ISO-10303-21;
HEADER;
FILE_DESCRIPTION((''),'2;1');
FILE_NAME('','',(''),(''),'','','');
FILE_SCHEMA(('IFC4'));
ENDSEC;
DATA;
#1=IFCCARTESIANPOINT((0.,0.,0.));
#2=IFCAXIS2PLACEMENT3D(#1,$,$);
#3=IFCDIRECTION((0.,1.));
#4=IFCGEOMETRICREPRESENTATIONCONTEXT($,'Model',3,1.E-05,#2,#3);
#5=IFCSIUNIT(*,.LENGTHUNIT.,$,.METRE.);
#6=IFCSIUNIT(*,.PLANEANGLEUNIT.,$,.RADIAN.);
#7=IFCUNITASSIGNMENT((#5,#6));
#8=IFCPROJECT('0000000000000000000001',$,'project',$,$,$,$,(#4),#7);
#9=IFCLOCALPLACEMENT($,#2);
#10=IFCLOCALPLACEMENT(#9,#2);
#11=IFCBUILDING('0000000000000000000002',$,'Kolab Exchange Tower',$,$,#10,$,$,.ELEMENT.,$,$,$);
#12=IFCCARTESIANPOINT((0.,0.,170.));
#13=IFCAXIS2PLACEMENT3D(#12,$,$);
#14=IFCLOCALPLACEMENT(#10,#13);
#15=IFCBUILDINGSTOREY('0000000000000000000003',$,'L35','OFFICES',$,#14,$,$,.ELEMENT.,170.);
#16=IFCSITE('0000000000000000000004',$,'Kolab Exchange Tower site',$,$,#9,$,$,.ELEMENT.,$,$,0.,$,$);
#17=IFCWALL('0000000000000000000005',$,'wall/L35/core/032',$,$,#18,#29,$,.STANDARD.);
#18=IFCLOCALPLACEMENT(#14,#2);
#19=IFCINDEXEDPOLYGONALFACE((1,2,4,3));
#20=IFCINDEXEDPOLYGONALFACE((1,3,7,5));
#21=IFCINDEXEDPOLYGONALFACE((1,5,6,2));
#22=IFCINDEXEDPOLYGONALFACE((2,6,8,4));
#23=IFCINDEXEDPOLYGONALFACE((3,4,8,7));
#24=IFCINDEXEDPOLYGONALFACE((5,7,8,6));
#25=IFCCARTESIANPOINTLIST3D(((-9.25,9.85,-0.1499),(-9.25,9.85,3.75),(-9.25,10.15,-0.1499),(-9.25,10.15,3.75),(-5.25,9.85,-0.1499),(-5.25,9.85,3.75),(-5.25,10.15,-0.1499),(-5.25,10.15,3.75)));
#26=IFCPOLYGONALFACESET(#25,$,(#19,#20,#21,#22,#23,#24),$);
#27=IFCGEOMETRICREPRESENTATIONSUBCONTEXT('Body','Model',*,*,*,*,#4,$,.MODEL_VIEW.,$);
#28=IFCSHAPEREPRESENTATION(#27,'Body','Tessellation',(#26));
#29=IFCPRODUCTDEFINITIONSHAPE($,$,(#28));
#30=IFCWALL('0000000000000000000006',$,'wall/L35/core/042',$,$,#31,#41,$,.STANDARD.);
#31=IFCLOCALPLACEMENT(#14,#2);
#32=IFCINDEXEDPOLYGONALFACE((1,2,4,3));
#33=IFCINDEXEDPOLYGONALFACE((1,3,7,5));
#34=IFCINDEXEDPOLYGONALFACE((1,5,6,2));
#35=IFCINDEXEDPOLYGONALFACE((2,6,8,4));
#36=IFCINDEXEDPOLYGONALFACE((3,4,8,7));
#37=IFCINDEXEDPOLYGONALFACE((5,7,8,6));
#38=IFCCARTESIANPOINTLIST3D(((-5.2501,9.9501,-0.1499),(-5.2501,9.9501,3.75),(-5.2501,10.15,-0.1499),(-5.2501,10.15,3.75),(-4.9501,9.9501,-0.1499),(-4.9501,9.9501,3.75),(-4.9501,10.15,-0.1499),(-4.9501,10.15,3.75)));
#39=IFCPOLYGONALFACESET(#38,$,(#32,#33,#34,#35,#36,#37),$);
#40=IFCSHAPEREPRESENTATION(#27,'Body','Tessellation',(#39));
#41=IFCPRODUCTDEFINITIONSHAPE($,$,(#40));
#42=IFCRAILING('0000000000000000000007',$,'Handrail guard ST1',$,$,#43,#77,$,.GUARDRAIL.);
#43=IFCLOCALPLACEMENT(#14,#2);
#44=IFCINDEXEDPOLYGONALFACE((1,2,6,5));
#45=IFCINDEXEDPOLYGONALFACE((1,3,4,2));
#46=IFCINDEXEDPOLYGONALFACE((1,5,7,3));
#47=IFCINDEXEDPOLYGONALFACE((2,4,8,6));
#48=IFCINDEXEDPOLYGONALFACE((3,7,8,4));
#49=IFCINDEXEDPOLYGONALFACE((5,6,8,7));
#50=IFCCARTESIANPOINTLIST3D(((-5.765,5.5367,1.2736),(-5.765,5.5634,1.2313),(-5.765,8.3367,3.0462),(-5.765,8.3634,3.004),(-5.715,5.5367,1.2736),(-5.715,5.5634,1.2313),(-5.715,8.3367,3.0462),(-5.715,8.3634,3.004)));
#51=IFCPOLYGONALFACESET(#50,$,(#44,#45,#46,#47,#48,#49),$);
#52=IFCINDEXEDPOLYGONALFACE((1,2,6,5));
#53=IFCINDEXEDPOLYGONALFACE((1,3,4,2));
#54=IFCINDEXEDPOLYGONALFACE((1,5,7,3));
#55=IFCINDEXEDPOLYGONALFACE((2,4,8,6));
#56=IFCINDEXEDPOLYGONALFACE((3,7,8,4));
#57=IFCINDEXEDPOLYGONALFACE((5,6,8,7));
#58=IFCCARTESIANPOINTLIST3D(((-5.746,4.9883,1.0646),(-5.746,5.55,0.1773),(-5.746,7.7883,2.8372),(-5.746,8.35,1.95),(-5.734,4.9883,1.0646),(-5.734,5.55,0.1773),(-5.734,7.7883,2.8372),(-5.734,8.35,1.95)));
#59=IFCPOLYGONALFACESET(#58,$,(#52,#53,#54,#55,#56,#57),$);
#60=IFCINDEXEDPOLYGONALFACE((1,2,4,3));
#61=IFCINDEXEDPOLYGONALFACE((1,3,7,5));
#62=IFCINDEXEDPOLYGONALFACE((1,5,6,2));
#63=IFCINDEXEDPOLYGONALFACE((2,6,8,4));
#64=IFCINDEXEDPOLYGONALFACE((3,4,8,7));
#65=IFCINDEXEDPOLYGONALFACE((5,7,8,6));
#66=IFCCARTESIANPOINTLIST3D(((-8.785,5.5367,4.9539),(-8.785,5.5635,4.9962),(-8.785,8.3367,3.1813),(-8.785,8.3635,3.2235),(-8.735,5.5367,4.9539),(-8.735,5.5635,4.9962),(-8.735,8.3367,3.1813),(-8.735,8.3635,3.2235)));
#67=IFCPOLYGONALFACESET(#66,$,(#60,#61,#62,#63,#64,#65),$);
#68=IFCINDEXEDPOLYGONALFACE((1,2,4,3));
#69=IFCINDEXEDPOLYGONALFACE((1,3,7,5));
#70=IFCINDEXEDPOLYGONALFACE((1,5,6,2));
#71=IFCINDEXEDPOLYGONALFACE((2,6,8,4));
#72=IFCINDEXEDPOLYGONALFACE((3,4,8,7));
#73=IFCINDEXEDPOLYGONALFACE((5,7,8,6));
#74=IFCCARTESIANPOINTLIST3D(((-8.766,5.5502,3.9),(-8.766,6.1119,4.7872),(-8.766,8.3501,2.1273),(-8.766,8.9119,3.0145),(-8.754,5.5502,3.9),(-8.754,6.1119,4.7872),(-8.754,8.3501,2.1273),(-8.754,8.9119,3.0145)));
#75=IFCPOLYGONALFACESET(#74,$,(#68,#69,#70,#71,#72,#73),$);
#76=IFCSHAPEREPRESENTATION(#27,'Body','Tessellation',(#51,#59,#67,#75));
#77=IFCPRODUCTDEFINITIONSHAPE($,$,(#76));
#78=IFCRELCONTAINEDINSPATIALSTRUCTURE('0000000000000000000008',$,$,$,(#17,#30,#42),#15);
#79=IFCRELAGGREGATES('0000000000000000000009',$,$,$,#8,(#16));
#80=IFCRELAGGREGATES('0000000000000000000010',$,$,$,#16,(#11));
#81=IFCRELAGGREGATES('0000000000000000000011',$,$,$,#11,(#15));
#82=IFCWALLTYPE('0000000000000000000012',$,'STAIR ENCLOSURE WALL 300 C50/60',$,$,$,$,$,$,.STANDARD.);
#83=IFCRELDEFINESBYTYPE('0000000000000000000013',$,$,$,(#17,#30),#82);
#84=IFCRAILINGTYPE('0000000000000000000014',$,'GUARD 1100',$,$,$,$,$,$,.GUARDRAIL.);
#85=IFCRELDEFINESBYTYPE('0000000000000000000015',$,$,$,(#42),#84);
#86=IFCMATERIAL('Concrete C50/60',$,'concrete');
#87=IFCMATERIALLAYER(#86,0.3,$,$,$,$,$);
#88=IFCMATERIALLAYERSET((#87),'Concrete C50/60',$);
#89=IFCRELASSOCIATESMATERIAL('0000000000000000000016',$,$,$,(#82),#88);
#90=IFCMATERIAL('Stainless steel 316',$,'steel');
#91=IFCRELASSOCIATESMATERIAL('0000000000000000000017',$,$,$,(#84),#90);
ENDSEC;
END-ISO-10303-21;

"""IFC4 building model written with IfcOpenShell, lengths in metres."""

from ifc_helpers import new_model, si_unit, direction, frame, frame_2d, origin, origin_2d, place, context, subcontext, project, spatial, rectangle, extrude, material, layer, layer_set, type_object, element, save


model = new_model("IFC4")

# Units and contexts
model_context = context("Model", 3, precision=1e-05, world=origin(), true_north=direction((0.0, 1.0)))
body_context = subcontext(model_context, "Body", "Model", "MODEL_VIEW")
ifc_project = project(units=[si_unit("LENGTHUNIT", "METRE"), si_unit("PLANEANGLEUNIT", "RADIAN")], contexts=[model_context])

# Site, building, storey
site_placement = place(None, origin())
site = spatial("IfcSite", under=ifc_project, at=site_placement, Name="Kolab Exchange Tower site", CompositionType="ELEMENT", RefElevation=0.0)
building_placement = place(site_placement, origin())
building = spatial("IfcBuilding", under=site, at=building_placement, Name="Kolab Exchange Tower", CompositionType="ELEMENT")
storey_placement = place(building_placement, frame((0.0, 0.0, 170.0)))
storey = spatial("IfcBuildingStorey", under=building, at=storey_placement, Name="L35", Description="OFFICES", CompositionType="ELEMENT", Elevation=170.0)

# Shared definitions
ifc_material_1 = material(Name="Concrete C50/60", Category="concrete")
ifc_material_2 = material(Name="Stainless steel 316", Category="steel")

# Walls
ifc_layer_1 = layer(ifc_material_1, 0.3)
ifc_layer_set_1 = layer_set([ifc_layer_1], Name="Concrete C50/60")
wall_type_1 = type_object("IfcWallType", Name="STAIR ENCLOSURE WALL 300 C50/60", PredefinedType="STANDARD", material=ifc_layer_set_1)
wall_1_placement = place(storey_placement, frame((-9.25, 10.0, -0.1499), z_axis=(0.0, 0.0, 1.0), x_axis=(1.0, 0.0, 0.0)))
element("IfcWall", 1, at=wall_1_placement, inside=storey, type_object=wall_type_1, Name="wall/L35/core/032", PredefinedType="STANDARD", context=body_context, shape_type="SweptSolid", body=[
    extrude(rectangle(XDim=4.0, YDim=0.3, at=frame_2d((2.0, 0.0))), origin(), (0.0, 0.0, 1.0), 3.8999),
])
wall_2_placement = place(storey_placement, frame((-5.1001, 9.95, -0.1499), z_axis=(0.0, 0.0, 1.0), x_axis=(0.0, 1.0, 0.0)))
element("IfcWall", 2, at=wall_2_placement, inside=storey, type_object=wall_type_1, Name="wall/L35/core/042", PredefinedType="STANDARD", context=body_context, shape_type="SweptSolid", body=[
    extrude(rectangle(XDim=0.2, YDim=0.3, at=frame_2d((0.1001, 0.0))), origin(), (0.0, 0.0, 1.0), 3.8999),
])

# Railing
railing_type = type_object("IfcRailingType", Name="GUARD 1100", PredefinedType="GUARDRAIL", material=ifc_material_2)
railing_placement = place(storey_placement, frame((-5.74, 5.55, 0.1772)))
element("IfcRailing", 3, at=railing_placement, inside=storey, type_object=railing_type, Name="Handrail guard ST1", PredefinedType="GUARDRAIL", context=body_context, shape_type="SweptSolid", body=[
    extrude(rectangle(XDim=0.05, YDim=0.05, at=origin_2d()), frame((0.0, 0.0, 1.0752), z_axis=(0.0, 0.844909, 0.53491), x_axis=(-1.0, 0.0, 0.0)), (0.0, 0.0, 1.0), 3.314),
    extrude(rectangle(XDim=0.012, YDim=1.0501, at=frame_2d((0.0, 0.5251))), frame((0.0, 0.0, 0.0), z_axis=(0.0, 0.844909, 0.53491), x_axis=(-1.0, 0.0, 0.0)), (0.0, 0.0, 1.0), 3.314),
    extrude(rectangle(XDim=0.05, YDim=0.05, at=origin_2d()), frame((-3.02, 2.8, 3.0251), z_axis=(0.0, -0.844909, 0.53491), x_axis=(1.0, 0.0, 0.0)), (0.0, 0.0, 1.0), 3.314),
    extrude(rectangle(XDim=0.012, YDim=1.0501, at=frame_2d((0.0, 0.5251))), frame((-3.02, 2.8, 1.95), z_axis=(0.0, -0.844909, 0.53491), x_axis=(1.0, 0.0, 0.0)), (0.0, 0.0, 1.0), 3.314),
])

save(model, "model.ifc")
